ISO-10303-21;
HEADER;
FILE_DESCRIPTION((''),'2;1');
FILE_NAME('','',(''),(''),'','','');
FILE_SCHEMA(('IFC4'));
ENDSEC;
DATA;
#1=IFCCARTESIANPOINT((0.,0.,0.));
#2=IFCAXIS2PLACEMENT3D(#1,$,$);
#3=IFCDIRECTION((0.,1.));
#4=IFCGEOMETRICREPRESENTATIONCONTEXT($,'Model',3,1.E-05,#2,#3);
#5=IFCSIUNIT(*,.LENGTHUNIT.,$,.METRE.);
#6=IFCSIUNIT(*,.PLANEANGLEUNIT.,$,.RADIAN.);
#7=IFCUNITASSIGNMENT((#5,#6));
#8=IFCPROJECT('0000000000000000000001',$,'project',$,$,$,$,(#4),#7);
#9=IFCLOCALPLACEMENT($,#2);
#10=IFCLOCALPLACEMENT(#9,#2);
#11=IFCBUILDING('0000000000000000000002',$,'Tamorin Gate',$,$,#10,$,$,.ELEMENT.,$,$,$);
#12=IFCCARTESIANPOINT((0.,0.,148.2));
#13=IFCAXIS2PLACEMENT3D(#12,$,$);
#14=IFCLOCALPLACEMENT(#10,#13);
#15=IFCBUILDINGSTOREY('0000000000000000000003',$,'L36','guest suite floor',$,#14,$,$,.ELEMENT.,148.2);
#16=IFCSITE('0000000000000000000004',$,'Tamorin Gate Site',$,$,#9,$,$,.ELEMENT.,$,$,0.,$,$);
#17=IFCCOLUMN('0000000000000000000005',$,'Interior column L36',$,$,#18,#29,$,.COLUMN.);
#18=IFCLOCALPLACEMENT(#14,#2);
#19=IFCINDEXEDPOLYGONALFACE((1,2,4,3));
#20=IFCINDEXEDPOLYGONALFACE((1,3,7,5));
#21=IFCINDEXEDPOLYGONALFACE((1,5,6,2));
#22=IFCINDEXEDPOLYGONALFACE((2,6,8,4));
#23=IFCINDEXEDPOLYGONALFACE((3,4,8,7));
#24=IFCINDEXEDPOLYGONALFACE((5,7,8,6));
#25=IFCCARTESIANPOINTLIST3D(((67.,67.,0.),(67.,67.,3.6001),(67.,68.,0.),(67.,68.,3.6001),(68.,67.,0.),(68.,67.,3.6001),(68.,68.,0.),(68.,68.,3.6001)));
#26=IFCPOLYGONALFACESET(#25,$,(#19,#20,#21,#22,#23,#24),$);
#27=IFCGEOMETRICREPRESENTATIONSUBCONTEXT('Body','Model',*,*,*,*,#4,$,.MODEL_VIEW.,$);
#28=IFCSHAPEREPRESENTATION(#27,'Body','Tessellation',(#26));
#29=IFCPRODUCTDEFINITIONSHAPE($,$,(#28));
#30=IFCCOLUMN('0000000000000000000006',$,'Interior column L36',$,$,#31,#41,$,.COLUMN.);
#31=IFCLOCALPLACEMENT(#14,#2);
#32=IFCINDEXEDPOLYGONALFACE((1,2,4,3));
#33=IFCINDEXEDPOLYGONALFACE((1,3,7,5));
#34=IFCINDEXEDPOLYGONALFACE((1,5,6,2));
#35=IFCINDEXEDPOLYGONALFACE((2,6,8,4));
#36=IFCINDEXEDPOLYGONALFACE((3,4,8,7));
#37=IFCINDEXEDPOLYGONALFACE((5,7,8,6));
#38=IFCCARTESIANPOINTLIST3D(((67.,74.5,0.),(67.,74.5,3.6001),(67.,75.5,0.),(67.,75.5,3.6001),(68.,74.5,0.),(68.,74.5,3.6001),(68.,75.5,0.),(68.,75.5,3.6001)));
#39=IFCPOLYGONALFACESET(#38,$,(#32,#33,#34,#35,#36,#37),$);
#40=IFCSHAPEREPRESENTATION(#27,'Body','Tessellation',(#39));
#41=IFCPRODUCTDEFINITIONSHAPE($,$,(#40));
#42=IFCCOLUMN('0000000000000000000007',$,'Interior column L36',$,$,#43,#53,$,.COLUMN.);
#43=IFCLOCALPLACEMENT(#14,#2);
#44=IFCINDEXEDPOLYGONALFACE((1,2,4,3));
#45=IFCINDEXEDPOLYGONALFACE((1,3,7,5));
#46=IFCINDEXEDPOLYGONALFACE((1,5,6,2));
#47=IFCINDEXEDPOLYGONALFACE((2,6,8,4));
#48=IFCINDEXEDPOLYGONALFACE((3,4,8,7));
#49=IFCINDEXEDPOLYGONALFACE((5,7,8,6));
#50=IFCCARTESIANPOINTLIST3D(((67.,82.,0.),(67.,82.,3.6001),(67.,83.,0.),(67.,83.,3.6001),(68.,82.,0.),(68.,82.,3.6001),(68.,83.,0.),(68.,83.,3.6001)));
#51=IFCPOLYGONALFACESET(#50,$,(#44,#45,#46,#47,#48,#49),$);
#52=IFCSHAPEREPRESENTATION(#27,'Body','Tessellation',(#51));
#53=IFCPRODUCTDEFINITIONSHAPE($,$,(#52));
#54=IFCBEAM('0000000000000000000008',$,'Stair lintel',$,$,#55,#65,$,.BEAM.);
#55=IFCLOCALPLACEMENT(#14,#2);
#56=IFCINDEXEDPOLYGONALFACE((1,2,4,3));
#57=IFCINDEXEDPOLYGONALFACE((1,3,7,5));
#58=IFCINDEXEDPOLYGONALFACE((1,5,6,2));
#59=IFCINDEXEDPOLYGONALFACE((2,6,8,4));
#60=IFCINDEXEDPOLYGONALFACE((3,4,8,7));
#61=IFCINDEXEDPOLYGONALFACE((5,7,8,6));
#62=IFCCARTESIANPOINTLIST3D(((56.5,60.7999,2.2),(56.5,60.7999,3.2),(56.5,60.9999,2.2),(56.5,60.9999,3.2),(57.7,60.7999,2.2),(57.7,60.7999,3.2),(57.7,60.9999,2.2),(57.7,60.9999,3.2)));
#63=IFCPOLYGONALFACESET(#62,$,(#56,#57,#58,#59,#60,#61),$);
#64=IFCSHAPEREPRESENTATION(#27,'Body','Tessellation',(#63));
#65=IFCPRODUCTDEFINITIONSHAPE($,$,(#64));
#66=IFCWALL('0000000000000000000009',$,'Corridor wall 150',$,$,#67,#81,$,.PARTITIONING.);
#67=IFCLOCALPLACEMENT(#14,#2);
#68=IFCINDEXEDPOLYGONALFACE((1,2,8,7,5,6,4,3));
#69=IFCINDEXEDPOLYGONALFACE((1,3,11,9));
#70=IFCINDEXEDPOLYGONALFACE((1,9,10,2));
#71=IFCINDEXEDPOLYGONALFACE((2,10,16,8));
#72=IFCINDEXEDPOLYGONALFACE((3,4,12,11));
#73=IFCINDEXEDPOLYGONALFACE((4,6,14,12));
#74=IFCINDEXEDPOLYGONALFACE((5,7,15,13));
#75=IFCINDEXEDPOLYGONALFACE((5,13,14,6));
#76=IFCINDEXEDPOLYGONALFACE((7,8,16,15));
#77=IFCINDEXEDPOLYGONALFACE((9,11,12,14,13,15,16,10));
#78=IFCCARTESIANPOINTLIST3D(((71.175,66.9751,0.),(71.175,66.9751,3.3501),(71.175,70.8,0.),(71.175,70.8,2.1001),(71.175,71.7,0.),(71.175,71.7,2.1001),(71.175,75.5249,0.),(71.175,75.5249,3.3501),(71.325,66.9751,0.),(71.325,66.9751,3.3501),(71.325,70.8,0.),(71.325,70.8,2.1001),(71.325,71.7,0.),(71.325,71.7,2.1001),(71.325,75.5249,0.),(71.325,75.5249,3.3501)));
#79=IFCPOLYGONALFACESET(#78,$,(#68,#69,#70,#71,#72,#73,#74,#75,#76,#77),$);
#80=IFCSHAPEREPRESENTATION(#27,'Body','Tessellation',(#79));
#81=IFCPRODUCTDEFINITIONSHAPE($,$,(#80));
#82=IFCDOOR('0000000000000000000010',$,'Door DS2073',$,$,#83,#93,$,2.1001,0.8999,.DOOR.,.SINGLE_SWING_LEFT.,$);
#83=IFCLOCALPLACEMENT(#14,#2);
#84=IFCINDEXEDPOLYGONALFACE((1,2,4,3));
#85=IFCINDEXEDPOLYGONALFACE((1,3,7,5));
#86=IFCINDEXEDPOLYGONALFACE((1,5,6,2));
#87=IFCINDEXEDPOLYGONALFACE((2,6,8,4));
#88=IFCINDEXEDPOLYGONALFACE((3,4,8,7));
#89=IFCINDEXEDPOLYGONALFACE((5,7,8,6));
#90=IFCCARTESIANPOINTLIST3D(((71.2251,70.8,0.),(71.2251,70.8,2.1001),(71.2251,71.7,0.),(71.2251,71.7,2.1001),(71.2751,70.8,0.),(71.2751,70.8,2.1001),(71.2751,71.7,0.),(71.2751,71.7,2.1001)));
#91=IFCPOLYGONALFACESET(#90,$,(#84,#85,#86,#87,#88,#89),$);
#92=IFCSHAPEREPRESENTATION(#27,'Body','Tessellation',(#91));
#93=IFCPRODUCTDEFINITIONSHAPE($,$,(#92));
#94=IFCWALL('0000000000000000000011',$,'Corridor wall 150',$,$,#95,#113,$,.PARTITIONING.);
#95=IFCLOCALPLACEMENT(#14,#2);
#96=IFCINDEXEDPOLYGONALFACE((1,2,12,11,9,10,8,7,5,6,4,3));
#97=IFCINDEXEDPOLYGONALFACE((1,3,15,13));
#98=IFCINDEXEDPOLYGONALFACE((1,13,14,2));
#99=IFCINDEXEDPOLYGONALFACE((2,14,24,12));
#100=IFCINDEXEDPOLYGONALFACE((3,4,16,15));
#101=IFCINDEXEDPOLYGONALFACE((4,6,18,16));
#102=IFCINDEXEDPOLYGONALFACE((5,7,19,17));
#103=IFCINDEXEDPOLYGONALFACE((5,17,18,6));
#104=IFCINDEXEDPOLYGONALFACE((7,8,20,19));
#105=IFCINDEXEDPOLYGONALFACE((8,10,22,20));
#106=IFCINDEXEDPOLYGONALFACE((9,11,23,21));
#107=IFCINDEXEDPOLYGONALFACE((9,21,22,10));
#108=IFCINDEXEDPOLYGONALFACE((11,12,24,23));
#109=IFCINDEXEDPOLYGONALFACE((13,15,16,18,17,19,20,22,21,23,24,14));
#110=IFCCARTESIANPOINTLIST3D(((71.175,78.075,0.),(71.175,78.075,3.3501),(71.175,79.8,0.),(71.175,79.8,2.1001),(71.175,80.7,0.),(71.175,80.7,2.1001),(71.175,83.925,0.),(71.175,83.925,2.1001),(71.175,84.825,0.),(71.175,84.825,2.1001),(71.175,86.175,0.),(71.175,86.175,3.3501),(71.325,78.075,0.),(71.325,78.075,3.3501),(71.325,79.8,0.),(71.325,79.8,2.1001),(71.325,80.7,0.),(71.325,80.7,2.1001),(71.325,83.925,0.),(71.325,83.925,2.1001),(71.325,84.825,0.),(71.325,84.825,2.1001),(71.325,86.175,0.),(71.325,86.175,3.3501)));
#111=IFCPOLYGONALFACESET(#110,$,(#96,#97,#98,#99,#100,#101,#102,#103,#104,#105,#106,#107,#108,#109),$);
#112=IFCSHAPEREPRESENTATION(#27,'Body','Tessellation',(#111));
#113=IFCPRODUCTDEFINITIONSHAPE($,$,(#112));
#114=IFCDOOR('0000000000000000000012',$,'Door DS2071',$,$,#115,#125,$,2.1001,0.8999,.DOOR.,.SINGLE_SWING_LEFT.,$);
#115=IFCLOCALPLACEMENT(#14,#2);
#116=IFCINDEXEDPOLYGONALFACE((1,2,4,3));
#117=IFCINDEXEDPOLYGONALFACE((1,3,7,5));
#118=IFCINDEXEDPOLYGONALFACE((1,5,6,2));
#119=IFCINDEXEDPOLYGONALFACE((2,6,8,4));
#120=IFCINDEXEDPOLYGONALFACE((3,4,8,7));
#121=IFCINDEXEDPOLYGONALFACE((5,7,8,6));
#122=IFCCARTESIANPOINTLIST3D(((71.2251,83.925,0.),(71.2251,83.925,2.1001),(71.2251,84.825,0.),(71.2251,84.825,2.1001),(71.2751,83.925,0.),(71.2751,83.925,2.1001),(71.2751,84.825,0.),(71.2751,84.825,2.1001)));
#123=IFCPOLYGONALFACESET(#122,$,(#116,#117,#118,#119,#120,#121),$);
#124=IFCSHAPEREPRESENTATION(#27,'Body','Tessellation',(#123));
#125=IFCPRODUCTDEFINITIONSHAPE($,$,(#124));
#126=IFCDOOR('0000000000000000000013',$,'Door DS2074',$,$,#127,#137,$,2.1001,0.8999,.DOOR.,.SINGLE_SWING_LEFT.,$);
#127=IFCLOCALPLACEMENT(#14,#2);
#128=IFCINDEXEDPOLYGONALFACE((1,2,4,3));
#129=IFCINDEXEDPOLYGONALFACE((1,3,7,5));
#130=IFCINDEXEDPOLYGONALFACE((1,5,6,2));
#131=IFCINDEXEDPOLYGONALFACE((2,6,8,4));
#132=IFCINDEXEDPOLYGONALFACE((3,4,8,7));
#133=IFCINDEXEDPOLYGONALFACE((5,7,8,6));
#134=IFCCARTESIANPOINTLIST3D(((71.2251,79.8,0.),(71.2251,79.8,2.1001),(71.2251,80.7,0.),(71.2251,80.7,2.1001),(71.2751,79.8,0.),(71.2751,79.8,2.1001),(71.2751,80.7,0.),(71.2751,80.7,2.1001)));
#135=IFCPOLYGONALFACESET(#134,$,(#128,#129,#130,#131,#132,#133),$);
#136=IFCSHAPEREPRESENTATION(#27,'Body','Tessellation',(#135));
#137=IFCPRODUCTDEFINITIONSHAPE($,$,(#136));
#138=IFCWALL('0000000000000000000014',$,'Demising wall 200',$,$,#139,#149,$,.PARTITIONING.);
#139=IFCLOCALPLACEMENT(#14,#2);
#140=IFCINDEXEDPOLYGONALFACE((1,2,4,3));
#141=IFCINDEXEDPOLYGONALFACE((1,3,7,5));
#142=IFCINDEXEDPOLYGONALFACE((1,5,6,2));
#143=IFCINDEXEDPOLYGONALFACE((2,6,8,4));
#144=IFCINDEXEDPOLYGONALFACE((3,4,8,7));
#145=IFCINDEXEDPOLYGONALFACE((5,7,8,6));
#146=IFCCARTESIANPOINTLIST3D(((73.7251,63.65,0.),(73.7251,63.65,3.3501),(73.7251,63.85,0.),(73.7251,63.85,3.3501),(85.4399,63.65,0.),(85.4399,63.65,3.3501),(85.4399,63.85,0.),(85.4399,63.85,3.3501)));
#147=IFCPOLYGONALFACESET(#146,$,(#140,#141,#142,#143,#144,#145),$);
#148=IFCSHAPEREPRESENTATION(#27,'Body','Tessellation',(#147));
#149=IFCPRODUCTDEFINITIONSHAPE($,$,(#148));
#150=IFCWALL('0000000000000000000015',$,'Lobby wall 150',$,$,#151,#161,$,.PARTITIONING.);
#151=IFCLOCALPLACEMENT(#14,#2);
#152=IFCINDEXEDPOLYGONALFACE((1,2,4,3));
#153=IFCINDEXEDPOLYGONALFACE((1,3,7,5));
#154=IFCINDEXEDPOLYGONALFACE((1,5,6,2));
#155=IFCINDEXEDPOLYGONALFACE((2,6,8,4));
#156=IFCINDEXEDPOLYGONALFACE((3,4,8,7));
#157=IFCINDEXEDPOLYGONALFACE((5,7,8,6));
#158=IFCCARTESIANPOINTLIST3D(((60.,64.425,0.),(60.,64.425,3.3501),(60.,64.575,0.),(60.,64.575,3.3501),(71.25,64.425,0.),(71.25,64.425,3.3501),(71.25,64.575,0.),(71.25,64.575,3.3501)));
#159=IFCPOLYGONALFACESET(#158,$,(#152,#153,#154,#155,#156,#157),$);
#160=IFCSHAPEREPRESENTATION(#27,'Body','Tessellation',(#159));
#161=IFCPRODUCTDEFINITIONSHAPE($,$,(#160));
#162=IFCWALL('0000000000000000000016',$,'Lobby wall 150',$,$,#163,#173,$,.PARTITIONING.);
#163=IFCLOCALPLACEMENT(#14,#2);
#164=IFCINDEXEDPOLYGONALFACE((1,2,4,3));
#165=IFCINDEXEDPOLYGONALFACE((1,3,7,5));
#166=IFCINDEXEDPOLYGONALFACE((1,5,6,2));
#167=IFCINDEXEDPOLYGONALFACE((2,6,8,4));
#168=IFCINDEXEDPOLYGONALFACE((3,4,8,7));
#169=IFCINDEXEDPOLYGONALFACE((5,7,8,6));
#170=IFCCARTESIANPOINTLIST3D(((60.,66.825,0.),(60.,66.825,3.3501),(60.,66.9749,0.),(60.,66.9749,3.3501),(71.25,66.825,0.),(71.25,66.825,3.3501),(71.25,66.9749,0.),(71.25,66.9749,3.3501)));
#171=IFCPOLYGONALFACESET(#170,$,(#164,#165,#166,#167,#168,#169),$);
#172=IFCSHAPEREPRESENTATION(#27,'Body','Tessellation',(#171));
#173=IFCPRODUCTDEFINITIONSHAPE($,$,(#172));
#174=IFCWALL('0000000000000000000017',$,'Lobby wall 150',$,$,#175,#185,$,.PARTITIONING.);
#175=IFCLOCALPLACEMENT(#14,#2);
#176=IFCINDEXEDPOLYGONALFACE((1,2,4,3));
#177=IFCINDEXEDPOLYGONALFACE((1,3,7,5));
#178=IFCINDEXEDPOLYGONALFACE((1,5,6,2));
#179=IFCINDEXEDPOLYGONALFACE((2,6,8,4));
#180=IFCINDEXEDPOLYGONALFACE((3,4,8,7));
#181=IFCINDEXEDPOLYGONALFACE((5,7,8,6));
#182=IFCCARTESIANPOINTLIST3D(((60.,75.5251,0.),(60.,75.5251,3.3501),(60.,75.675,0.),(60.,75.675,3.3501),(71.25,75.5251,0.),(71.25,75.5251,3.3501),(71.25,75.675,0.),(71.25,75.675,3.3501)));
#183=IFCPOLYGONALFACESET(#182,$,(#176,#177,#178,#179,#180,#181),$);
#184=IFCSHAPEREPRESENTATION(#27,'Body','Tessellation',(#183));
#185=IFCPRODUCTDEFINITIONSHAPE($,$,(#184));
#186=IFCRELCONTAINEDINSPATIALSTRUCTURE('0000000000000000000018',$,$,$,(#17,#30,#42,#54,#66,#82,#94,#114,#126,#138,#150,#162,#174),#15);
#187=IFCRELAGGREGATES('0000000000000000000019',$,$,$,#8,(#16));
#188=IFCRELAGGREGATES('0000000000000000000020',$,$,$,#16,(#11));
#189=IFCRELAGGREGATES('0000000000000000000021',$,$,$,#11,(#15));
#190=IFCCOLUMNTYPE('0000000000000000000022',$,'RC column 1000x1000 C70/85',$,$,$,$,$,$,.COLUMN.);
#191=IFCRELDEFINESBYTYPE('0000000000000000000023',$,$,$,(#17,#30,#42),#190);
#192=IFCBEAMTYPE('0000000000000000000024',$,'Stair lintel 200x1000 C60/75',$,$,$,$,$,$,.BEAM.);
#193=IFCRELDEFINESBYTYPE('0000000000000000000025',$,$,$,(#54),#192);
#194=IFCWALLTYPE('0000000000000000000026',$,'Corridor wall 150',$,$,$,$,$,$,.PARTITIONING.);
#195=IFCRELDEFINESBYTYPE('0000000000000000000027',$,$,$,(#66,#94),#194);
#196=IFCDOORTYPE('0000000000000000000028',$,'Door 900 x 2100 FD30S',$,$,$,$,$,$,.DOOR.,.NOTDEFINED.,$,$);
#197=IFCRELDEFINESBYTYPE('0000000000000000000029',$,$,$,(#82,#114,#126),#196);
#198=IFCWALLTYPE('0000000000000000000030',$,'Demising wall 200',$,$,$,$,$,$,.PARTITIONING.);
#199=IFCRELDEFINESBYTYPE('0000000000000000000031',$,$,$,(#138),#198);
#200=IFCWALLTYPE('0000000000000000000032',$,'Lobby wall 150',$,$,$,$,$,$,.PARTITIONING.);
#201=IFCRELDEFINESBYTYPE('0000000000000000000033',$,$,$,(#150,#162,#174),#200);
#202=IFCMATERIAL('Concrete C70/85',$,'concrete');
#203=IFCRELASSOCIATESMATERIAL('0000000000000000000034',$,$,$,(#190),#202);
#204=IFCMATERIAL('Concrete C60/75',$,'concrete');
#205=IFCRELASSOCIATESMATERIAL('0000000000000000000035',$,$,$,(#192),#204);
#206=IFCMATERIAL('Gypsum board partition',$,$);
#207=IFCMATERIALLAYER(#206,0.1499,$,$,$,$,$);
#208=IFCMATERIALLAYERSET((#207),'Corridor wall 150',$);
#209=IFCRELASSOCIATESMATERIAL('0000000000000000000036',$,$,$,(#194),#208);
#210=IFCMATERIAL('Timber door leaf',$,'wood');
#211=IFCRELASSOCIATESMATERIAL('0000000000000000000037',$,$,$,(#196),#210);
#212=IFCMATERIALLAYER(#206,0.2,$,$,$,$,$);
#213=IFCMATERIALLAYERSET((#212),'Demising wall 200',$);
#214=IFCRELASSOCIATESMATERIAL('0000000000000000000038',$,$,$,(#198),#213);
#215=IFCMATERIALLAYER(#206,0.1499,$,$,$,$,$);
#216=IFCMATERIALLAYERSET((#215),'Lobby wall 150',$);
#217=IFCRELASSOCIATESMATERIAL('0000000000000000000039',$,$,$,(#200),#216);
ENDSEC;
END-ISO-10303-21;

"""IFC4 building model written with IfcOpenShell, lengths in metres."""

from ifc_helpers import new_model, si_unit, direction, frame, frame_2d, origin, origin_2d, place, context, subcontext, project, spatial, rectangle, extrude, material, layer, layer_set, material_profile, profile_set, type_object, element, fill, save


model = new_model("IFC4")

# Units and contexts
model_context = context("Model", 3, precision=1e-05, world=origin(), true_north=direction((0.0, 1.0)))
body_context = subcontext(model_context, "Body", "Model", "MODEL_VIEW")
ifc_project = project(units=[si_unit("LENGTHUNIT", "METRE"), si_unit("PLANEANGLEUNIT", "RADIAN")], contexts=[model_context])

# Site, building, storey
site_placement = place(None, origin())
site = spatial("IfcSite", under=ifc_project, at=site_placement, Name="Tamorin Gate Site", CompositionType="ELEMENT", RefElevation=0.0)
building_placement = place(site_placement, origin())
building = spatial("IfcBuilding", under=site, at=building_placement, Name="Tamorin Gate", CompositionType="ELEMENT")
storey_placement = place(building_placement, frame((0.0, 0.0, 148.2)))
storey = spatial("IfcBuildingStorey", under=building, at=storey_placement, Name="L36", Description="guest suite floor", CompositionType="ELEMENT", Elevation=148.2)

# Columns
ifc_material_1 = material(Name="Concrete C70/85", Category="concrete")
ifc_material_profile_1 = material_profile(ifc_material_1, rectangle(XDim=1.0, YDim=1.0, at=origin_2d()), Name="RC 1000x1000")
ifc_profile_set_1 = profile_set([ifc_material_profile_1], Name="Concrete C70/85")
column_type = type_object("IfcColumnType", Name="RC column 1000x1000 C70/85", PredefinedType="COLUMN", material=ifc_profile_set_1)
for number, where, z_axis, x_axis, name in (
    (1, (67.5, 67.5, 0.0), (0.0, 0.0, 1.0), (1.0, 0.0, 0.0), "Interior column L36"),
    (2, (67.5, 75.0, 0.0), (0.0, 0.0, 1.0), (1.0, 0.0, 0.0), "Interior column L36"),
    (3, (67.5, 82.5, 0.0), (0.0, 0.0, 1.0), (1.0, 0.0, 0.0), "Interior column L36"),
):
    element("IfcColumn", number, at=place(storey_placement, frame(where, z_axis=z_axis, x_axis=x_axis)), inside=storey, type_object=column_type, Name=name, PredefinedType="COLUMN", context=body_context, shape_type="SweptSolid", body=[
        extrude(rectangle(XDim=1.0, YDim=1.0, at=origin_2d()), origin(), (0.0, 0.0, 1.0), 3.6001),
    ])

# Beam
ifc_material_2 = material(Name="Concrete C60/75", Category="concrete")
ifc_material_profile_2 = material_profile(ifc_material_2, rectangle(XDim=0.2, YDim=1.0, at=origin_2d()))
ifc_profile_set_2 = profile_set([ifc_material_profile_2], Name="Concrete C60/75")
beam_type = type_object("IfcBeamType", Name="Stair lintel 200x1000 C60/75", PredefinedType="BEAM", material=ifc_profile_set_2)
beam_placement = place(storey_placement, frame((56.5, 60.8999, 2.7), z_axis=(1.0, 0.0, 0.0), x_axis=(0.0, 1.0, 0.0)))
element("IfcBeam", 4, at=beam_placement, inside=storey, type_object=beam_type, Name="Stair lintel", PredefinedType="BEAM", context=body_context, shape_type="SweptSolid", body=[
    extrude(rectangle(XDim=0.2, YDim=1.0, at=origin_2d()), origin(), (0.0, 0.0, 1.0), 1.2),
])

# Wall, opening, door
ifc_material_3 = material(Name="Gypsum board partition")
ifc_layer_1 = layer(ifc_material_3, 0.1499)
ifc_layer_set_1 = layer_set([ifc_layer_1], Name="Corridor wall 150")
wall_type_1 = type_object("IfcWallType", Name="Corridor wall 150", PredefinedType="PARTITIONING", material=ifc_layer_set_1)
wall_1_placement = place(storey_placement, frame((71.25, 66.9751, 0.0), z_axis=(0.0, 0.0, 1.0), x_axis=(0.0, 1.0, 0.0)))
wall_1 = element("IfcWall", 5, at=wall_1_placement, inside=storey, type_object=wall_type_1, Name="Corridor wall 150", PredefinedType="PARTITIONING", context=body_context, shape_type="SweptSolid", body=[
    extrude(rectangle(XDim=8.5498, YDim=0.1499, at=frame_2d((4.2749, 0.0))), origin(), (0.0, 0.0, 1.0), 3.3501),
])
opening_1_placement = place(wall_1_placement, frame((3.825, 0.0, 0.0)))
opening_1 = element("IfcOpeningElement", 6, at=opening_1_placement, cuts=wall_1, PredefinedType="OPENING", context=body_context, shape_type="SweptSolid", body=[
    extrude(rectangle(XDim=0.8999, YDim=2.1001, at=frame_2d((0.45, 1.05))), frame((0.0, 0.085, 0.0), z_axis=(0.0, -1.0, 0.0), x_axis=(1.0, 0.0, 0.0)), (0.0, 0.0, 1.0), 0.1699),
])
ifc_material_4 = material(Name="Timber door leaf", Category="wood")
door_type_1 = type_object("IfcDoorType", Name="Door 900 x 2100 FD30S", OperationType="NOTDEFINED", PredefinedType="DOOR", material=ifc_material_4)
door_1_placement = place(opening_1_placement, origin())
door_1 = element("IfcDoor", 7, at=door_1_placement, inside=storey, type_object=door_type_1, Name="Door DS2073", OperationType="SINGLE_SWING_LEFT", OverallHeight=2.1001, OverallWidth=0.8999, PredefinedType="DOOR", context=body_context, shape_type="SweptSolid", body=[
    extrude(rectangle(XDim=0.8999, YDim=2.1001, at=frame_2d((0.45, 1.05))), frame((0.0, 0.0249, 0.0), z_axis=(0.0, -1.0, 0.0), x_axis=(1.0, 0.0, 0.0)), (0.0, 0.0, 1.0), 0.05),
])
fill(opening_1, door_1)

# Wall, openings, doors
wall_2_placement = place(storey_placement, frame((71.25, 78.075, 0.0), z_axis=(0.0, 0.0, 1.0), x_axis=(0.0, 1.0, 0.0)))
wall_2 = element("IfcWall", 8, at=wall_2_placement, inside=storey, type_object=wall_type_1, Name="Corridor wall 150", PredefinedType="PARTITIONING", context=body_context, shape_type="SweptSolid", body=[
    extrude(rectangle(XDim=8.1001, YDim=0.1499, at=frame_2d((4.05, 0.0))), origin(), (0.0, 0.0, 1.0), 3.3501),
])
opening_2_placement = place(wall_2_placement, frame((5.8501, 0.0, 0.0)))
opening_2 = element("IfcOpeningElement", 9, at=opening_2_placement, cuts=wall_2, PredefinedType="OPENING", context=body_context, shape_type="SweptSolid", body=[
    extrude(rectangle(XDim=0.8999, YDim=2.1001, at=frame_2d((0.45, 1.05))), frame((0.0, 0.085, 0.0), z_axis=(0.0, -1.0, 0.0), x_axis=(1.0, 0.0, 0.0)), (0.0, 0.0, 1.0), 0.1699),
])
opening_3_placement = place(wall_2_placement, frame((1.7251, 0.0, 0.0)))
opening_3 = element("IfcOpeningElement", 10, at=opening_3_placement, cuts=wall_2, PredefinedType="OPENING", context=body_context, shape_type="SweptSolid", body=[
    extrude(rectangle(XDim=0.8999, YDim=2.1001, at=frame_2d((0.45, 1.05))), frame((0.0, 0.085, 0.0), z_axis=(0.0, -1.0, 0.0), x_axis=(1.0, 0.0, 0.0)), (0.0, 0.0, 1.0), 0.1699),
])
door_2_placement = place(opening_2_placement, origin())
door_2 = element("IfcDoor", 11, at=door_2_placement, inside=storey, type_object=door_type_1, Name="Door DS2071", OperationType="SINGLE_SWING_LEFT", OverallHeight=2.1001, OverallWidth=0.8999, PredefinedType="DOOR", context=body_context, shape_type="SweptSolid", body=[
    extrude(rectangle(XDim=0.8999, YDim=2.1001, at=frame_2d((0.45, 1.05))), frame((0.0, 0.0249, 0.0), z_axis=(0.0, -1.0, 0.0), x_axis=(1.0, 0.0, 0.0)), (0.0, 0.0, 1.0), 0.05),
])
fill(opening_2, door_2)
door_3_placement = place(opening_3_placement, origin())
door_3 = element("IfcDoor", 12, at=door_3_placement, inside=storey, type_object=door_type_1, Name="Door DS2074", OperationType="SINGLE_SWING_LEFT", OverallHeight=2.1001, OverallWidth=0.8999, PredefinedType="DOOR", context=body_context, shape_type="SweptSolid", body=[
    extrude(rectangle(XDim=0.8999, YDim=2.1001, at=frame_2d((0.45, 1.05))), frame((0.0, 0.0249, 0.0), z_axis=(0.0, -1.0, 0.0), x_axis=(1.0, 0.0, 0.0)), (0.0, 0.0, 1.0), 0.05),
])
fill(opening_3, door_3)

# Walls
ifc_layer_2 = layer(ifc_material_3, 0.2)
ifc_layer_set_2 = layer_set([ifc_layer_2], Name="Demising wall 200")
wall_type_2 = type_object("IfcWallType", Name="Demising wall 200", PredefinedType="PARTITIONING", material=ifc_layer_set_2)
wall_3_placement = place(storey_placement, frame((73.7251, 63.75, 0.0), z_axis=(0.0, 0.0, 1.0), x_axis=(1.0, 0.0, 0.0)))
element("IfcWall", 13, at=wall_3_placement, inside=storey, type_object=wall_type_2, Name="Demising wall 200", PredefinedType="PARTITIONING", context=body_context, shape_type="SweptSolid", body=[
    extrude(rectangle(XDim=11.7148, YDim=0.2, at=frame_2d((5.8574, 0.0))), origin(), (0.0, 0.0, 1.0), 3.3501),
])
ifc_layer_3 = layer(ifc_material_3, 0.1499)
ifc_layer_set_3 = layer_set([ifc_layer_3], Name="Lobby wall 150")
wall_type_3 = type_object("IfcWallType", Name="Lobby wall 150", PredefinedType="PARTITIONING", material=ifc_layer_set_3)
for number, where, z_axis, x_axis, name in (
    (14, (60.0, 64.5, 0.0), (0.0, 0.0, 1.0), (1.0, 0.0, 0.0), "Lobby wall 150"),
    (15, (60.0, 66.8999, 0.0), (0.0, 0.0, 1.0), (1.0, 0.0, 0.0), "Lobby wall 150"),
    (16, (60.0, 75.6001, 0.0), (0.0, 0.0, 1.0), (1.0, 0.0, 0.0), "Lobby wall 150"),
):
    element("IfcWall", number, at=place(storey_placement, frame(where, z_axis=z_axis, x_axis=x_axis)), inside=storey, type_object=wall_type_3, Name=name, PredefinedType="PARTITIONING", context=body_context, shape_type="SweptSolid", body=[
        extrude(rectangle(XDim=11.25, YDim=0.1499, at=frame_2d((5.625, 0.0))), origin(), (0.0, 0.0, 1.0), 3.3501),
    ])

save(model, "model.ifc")
